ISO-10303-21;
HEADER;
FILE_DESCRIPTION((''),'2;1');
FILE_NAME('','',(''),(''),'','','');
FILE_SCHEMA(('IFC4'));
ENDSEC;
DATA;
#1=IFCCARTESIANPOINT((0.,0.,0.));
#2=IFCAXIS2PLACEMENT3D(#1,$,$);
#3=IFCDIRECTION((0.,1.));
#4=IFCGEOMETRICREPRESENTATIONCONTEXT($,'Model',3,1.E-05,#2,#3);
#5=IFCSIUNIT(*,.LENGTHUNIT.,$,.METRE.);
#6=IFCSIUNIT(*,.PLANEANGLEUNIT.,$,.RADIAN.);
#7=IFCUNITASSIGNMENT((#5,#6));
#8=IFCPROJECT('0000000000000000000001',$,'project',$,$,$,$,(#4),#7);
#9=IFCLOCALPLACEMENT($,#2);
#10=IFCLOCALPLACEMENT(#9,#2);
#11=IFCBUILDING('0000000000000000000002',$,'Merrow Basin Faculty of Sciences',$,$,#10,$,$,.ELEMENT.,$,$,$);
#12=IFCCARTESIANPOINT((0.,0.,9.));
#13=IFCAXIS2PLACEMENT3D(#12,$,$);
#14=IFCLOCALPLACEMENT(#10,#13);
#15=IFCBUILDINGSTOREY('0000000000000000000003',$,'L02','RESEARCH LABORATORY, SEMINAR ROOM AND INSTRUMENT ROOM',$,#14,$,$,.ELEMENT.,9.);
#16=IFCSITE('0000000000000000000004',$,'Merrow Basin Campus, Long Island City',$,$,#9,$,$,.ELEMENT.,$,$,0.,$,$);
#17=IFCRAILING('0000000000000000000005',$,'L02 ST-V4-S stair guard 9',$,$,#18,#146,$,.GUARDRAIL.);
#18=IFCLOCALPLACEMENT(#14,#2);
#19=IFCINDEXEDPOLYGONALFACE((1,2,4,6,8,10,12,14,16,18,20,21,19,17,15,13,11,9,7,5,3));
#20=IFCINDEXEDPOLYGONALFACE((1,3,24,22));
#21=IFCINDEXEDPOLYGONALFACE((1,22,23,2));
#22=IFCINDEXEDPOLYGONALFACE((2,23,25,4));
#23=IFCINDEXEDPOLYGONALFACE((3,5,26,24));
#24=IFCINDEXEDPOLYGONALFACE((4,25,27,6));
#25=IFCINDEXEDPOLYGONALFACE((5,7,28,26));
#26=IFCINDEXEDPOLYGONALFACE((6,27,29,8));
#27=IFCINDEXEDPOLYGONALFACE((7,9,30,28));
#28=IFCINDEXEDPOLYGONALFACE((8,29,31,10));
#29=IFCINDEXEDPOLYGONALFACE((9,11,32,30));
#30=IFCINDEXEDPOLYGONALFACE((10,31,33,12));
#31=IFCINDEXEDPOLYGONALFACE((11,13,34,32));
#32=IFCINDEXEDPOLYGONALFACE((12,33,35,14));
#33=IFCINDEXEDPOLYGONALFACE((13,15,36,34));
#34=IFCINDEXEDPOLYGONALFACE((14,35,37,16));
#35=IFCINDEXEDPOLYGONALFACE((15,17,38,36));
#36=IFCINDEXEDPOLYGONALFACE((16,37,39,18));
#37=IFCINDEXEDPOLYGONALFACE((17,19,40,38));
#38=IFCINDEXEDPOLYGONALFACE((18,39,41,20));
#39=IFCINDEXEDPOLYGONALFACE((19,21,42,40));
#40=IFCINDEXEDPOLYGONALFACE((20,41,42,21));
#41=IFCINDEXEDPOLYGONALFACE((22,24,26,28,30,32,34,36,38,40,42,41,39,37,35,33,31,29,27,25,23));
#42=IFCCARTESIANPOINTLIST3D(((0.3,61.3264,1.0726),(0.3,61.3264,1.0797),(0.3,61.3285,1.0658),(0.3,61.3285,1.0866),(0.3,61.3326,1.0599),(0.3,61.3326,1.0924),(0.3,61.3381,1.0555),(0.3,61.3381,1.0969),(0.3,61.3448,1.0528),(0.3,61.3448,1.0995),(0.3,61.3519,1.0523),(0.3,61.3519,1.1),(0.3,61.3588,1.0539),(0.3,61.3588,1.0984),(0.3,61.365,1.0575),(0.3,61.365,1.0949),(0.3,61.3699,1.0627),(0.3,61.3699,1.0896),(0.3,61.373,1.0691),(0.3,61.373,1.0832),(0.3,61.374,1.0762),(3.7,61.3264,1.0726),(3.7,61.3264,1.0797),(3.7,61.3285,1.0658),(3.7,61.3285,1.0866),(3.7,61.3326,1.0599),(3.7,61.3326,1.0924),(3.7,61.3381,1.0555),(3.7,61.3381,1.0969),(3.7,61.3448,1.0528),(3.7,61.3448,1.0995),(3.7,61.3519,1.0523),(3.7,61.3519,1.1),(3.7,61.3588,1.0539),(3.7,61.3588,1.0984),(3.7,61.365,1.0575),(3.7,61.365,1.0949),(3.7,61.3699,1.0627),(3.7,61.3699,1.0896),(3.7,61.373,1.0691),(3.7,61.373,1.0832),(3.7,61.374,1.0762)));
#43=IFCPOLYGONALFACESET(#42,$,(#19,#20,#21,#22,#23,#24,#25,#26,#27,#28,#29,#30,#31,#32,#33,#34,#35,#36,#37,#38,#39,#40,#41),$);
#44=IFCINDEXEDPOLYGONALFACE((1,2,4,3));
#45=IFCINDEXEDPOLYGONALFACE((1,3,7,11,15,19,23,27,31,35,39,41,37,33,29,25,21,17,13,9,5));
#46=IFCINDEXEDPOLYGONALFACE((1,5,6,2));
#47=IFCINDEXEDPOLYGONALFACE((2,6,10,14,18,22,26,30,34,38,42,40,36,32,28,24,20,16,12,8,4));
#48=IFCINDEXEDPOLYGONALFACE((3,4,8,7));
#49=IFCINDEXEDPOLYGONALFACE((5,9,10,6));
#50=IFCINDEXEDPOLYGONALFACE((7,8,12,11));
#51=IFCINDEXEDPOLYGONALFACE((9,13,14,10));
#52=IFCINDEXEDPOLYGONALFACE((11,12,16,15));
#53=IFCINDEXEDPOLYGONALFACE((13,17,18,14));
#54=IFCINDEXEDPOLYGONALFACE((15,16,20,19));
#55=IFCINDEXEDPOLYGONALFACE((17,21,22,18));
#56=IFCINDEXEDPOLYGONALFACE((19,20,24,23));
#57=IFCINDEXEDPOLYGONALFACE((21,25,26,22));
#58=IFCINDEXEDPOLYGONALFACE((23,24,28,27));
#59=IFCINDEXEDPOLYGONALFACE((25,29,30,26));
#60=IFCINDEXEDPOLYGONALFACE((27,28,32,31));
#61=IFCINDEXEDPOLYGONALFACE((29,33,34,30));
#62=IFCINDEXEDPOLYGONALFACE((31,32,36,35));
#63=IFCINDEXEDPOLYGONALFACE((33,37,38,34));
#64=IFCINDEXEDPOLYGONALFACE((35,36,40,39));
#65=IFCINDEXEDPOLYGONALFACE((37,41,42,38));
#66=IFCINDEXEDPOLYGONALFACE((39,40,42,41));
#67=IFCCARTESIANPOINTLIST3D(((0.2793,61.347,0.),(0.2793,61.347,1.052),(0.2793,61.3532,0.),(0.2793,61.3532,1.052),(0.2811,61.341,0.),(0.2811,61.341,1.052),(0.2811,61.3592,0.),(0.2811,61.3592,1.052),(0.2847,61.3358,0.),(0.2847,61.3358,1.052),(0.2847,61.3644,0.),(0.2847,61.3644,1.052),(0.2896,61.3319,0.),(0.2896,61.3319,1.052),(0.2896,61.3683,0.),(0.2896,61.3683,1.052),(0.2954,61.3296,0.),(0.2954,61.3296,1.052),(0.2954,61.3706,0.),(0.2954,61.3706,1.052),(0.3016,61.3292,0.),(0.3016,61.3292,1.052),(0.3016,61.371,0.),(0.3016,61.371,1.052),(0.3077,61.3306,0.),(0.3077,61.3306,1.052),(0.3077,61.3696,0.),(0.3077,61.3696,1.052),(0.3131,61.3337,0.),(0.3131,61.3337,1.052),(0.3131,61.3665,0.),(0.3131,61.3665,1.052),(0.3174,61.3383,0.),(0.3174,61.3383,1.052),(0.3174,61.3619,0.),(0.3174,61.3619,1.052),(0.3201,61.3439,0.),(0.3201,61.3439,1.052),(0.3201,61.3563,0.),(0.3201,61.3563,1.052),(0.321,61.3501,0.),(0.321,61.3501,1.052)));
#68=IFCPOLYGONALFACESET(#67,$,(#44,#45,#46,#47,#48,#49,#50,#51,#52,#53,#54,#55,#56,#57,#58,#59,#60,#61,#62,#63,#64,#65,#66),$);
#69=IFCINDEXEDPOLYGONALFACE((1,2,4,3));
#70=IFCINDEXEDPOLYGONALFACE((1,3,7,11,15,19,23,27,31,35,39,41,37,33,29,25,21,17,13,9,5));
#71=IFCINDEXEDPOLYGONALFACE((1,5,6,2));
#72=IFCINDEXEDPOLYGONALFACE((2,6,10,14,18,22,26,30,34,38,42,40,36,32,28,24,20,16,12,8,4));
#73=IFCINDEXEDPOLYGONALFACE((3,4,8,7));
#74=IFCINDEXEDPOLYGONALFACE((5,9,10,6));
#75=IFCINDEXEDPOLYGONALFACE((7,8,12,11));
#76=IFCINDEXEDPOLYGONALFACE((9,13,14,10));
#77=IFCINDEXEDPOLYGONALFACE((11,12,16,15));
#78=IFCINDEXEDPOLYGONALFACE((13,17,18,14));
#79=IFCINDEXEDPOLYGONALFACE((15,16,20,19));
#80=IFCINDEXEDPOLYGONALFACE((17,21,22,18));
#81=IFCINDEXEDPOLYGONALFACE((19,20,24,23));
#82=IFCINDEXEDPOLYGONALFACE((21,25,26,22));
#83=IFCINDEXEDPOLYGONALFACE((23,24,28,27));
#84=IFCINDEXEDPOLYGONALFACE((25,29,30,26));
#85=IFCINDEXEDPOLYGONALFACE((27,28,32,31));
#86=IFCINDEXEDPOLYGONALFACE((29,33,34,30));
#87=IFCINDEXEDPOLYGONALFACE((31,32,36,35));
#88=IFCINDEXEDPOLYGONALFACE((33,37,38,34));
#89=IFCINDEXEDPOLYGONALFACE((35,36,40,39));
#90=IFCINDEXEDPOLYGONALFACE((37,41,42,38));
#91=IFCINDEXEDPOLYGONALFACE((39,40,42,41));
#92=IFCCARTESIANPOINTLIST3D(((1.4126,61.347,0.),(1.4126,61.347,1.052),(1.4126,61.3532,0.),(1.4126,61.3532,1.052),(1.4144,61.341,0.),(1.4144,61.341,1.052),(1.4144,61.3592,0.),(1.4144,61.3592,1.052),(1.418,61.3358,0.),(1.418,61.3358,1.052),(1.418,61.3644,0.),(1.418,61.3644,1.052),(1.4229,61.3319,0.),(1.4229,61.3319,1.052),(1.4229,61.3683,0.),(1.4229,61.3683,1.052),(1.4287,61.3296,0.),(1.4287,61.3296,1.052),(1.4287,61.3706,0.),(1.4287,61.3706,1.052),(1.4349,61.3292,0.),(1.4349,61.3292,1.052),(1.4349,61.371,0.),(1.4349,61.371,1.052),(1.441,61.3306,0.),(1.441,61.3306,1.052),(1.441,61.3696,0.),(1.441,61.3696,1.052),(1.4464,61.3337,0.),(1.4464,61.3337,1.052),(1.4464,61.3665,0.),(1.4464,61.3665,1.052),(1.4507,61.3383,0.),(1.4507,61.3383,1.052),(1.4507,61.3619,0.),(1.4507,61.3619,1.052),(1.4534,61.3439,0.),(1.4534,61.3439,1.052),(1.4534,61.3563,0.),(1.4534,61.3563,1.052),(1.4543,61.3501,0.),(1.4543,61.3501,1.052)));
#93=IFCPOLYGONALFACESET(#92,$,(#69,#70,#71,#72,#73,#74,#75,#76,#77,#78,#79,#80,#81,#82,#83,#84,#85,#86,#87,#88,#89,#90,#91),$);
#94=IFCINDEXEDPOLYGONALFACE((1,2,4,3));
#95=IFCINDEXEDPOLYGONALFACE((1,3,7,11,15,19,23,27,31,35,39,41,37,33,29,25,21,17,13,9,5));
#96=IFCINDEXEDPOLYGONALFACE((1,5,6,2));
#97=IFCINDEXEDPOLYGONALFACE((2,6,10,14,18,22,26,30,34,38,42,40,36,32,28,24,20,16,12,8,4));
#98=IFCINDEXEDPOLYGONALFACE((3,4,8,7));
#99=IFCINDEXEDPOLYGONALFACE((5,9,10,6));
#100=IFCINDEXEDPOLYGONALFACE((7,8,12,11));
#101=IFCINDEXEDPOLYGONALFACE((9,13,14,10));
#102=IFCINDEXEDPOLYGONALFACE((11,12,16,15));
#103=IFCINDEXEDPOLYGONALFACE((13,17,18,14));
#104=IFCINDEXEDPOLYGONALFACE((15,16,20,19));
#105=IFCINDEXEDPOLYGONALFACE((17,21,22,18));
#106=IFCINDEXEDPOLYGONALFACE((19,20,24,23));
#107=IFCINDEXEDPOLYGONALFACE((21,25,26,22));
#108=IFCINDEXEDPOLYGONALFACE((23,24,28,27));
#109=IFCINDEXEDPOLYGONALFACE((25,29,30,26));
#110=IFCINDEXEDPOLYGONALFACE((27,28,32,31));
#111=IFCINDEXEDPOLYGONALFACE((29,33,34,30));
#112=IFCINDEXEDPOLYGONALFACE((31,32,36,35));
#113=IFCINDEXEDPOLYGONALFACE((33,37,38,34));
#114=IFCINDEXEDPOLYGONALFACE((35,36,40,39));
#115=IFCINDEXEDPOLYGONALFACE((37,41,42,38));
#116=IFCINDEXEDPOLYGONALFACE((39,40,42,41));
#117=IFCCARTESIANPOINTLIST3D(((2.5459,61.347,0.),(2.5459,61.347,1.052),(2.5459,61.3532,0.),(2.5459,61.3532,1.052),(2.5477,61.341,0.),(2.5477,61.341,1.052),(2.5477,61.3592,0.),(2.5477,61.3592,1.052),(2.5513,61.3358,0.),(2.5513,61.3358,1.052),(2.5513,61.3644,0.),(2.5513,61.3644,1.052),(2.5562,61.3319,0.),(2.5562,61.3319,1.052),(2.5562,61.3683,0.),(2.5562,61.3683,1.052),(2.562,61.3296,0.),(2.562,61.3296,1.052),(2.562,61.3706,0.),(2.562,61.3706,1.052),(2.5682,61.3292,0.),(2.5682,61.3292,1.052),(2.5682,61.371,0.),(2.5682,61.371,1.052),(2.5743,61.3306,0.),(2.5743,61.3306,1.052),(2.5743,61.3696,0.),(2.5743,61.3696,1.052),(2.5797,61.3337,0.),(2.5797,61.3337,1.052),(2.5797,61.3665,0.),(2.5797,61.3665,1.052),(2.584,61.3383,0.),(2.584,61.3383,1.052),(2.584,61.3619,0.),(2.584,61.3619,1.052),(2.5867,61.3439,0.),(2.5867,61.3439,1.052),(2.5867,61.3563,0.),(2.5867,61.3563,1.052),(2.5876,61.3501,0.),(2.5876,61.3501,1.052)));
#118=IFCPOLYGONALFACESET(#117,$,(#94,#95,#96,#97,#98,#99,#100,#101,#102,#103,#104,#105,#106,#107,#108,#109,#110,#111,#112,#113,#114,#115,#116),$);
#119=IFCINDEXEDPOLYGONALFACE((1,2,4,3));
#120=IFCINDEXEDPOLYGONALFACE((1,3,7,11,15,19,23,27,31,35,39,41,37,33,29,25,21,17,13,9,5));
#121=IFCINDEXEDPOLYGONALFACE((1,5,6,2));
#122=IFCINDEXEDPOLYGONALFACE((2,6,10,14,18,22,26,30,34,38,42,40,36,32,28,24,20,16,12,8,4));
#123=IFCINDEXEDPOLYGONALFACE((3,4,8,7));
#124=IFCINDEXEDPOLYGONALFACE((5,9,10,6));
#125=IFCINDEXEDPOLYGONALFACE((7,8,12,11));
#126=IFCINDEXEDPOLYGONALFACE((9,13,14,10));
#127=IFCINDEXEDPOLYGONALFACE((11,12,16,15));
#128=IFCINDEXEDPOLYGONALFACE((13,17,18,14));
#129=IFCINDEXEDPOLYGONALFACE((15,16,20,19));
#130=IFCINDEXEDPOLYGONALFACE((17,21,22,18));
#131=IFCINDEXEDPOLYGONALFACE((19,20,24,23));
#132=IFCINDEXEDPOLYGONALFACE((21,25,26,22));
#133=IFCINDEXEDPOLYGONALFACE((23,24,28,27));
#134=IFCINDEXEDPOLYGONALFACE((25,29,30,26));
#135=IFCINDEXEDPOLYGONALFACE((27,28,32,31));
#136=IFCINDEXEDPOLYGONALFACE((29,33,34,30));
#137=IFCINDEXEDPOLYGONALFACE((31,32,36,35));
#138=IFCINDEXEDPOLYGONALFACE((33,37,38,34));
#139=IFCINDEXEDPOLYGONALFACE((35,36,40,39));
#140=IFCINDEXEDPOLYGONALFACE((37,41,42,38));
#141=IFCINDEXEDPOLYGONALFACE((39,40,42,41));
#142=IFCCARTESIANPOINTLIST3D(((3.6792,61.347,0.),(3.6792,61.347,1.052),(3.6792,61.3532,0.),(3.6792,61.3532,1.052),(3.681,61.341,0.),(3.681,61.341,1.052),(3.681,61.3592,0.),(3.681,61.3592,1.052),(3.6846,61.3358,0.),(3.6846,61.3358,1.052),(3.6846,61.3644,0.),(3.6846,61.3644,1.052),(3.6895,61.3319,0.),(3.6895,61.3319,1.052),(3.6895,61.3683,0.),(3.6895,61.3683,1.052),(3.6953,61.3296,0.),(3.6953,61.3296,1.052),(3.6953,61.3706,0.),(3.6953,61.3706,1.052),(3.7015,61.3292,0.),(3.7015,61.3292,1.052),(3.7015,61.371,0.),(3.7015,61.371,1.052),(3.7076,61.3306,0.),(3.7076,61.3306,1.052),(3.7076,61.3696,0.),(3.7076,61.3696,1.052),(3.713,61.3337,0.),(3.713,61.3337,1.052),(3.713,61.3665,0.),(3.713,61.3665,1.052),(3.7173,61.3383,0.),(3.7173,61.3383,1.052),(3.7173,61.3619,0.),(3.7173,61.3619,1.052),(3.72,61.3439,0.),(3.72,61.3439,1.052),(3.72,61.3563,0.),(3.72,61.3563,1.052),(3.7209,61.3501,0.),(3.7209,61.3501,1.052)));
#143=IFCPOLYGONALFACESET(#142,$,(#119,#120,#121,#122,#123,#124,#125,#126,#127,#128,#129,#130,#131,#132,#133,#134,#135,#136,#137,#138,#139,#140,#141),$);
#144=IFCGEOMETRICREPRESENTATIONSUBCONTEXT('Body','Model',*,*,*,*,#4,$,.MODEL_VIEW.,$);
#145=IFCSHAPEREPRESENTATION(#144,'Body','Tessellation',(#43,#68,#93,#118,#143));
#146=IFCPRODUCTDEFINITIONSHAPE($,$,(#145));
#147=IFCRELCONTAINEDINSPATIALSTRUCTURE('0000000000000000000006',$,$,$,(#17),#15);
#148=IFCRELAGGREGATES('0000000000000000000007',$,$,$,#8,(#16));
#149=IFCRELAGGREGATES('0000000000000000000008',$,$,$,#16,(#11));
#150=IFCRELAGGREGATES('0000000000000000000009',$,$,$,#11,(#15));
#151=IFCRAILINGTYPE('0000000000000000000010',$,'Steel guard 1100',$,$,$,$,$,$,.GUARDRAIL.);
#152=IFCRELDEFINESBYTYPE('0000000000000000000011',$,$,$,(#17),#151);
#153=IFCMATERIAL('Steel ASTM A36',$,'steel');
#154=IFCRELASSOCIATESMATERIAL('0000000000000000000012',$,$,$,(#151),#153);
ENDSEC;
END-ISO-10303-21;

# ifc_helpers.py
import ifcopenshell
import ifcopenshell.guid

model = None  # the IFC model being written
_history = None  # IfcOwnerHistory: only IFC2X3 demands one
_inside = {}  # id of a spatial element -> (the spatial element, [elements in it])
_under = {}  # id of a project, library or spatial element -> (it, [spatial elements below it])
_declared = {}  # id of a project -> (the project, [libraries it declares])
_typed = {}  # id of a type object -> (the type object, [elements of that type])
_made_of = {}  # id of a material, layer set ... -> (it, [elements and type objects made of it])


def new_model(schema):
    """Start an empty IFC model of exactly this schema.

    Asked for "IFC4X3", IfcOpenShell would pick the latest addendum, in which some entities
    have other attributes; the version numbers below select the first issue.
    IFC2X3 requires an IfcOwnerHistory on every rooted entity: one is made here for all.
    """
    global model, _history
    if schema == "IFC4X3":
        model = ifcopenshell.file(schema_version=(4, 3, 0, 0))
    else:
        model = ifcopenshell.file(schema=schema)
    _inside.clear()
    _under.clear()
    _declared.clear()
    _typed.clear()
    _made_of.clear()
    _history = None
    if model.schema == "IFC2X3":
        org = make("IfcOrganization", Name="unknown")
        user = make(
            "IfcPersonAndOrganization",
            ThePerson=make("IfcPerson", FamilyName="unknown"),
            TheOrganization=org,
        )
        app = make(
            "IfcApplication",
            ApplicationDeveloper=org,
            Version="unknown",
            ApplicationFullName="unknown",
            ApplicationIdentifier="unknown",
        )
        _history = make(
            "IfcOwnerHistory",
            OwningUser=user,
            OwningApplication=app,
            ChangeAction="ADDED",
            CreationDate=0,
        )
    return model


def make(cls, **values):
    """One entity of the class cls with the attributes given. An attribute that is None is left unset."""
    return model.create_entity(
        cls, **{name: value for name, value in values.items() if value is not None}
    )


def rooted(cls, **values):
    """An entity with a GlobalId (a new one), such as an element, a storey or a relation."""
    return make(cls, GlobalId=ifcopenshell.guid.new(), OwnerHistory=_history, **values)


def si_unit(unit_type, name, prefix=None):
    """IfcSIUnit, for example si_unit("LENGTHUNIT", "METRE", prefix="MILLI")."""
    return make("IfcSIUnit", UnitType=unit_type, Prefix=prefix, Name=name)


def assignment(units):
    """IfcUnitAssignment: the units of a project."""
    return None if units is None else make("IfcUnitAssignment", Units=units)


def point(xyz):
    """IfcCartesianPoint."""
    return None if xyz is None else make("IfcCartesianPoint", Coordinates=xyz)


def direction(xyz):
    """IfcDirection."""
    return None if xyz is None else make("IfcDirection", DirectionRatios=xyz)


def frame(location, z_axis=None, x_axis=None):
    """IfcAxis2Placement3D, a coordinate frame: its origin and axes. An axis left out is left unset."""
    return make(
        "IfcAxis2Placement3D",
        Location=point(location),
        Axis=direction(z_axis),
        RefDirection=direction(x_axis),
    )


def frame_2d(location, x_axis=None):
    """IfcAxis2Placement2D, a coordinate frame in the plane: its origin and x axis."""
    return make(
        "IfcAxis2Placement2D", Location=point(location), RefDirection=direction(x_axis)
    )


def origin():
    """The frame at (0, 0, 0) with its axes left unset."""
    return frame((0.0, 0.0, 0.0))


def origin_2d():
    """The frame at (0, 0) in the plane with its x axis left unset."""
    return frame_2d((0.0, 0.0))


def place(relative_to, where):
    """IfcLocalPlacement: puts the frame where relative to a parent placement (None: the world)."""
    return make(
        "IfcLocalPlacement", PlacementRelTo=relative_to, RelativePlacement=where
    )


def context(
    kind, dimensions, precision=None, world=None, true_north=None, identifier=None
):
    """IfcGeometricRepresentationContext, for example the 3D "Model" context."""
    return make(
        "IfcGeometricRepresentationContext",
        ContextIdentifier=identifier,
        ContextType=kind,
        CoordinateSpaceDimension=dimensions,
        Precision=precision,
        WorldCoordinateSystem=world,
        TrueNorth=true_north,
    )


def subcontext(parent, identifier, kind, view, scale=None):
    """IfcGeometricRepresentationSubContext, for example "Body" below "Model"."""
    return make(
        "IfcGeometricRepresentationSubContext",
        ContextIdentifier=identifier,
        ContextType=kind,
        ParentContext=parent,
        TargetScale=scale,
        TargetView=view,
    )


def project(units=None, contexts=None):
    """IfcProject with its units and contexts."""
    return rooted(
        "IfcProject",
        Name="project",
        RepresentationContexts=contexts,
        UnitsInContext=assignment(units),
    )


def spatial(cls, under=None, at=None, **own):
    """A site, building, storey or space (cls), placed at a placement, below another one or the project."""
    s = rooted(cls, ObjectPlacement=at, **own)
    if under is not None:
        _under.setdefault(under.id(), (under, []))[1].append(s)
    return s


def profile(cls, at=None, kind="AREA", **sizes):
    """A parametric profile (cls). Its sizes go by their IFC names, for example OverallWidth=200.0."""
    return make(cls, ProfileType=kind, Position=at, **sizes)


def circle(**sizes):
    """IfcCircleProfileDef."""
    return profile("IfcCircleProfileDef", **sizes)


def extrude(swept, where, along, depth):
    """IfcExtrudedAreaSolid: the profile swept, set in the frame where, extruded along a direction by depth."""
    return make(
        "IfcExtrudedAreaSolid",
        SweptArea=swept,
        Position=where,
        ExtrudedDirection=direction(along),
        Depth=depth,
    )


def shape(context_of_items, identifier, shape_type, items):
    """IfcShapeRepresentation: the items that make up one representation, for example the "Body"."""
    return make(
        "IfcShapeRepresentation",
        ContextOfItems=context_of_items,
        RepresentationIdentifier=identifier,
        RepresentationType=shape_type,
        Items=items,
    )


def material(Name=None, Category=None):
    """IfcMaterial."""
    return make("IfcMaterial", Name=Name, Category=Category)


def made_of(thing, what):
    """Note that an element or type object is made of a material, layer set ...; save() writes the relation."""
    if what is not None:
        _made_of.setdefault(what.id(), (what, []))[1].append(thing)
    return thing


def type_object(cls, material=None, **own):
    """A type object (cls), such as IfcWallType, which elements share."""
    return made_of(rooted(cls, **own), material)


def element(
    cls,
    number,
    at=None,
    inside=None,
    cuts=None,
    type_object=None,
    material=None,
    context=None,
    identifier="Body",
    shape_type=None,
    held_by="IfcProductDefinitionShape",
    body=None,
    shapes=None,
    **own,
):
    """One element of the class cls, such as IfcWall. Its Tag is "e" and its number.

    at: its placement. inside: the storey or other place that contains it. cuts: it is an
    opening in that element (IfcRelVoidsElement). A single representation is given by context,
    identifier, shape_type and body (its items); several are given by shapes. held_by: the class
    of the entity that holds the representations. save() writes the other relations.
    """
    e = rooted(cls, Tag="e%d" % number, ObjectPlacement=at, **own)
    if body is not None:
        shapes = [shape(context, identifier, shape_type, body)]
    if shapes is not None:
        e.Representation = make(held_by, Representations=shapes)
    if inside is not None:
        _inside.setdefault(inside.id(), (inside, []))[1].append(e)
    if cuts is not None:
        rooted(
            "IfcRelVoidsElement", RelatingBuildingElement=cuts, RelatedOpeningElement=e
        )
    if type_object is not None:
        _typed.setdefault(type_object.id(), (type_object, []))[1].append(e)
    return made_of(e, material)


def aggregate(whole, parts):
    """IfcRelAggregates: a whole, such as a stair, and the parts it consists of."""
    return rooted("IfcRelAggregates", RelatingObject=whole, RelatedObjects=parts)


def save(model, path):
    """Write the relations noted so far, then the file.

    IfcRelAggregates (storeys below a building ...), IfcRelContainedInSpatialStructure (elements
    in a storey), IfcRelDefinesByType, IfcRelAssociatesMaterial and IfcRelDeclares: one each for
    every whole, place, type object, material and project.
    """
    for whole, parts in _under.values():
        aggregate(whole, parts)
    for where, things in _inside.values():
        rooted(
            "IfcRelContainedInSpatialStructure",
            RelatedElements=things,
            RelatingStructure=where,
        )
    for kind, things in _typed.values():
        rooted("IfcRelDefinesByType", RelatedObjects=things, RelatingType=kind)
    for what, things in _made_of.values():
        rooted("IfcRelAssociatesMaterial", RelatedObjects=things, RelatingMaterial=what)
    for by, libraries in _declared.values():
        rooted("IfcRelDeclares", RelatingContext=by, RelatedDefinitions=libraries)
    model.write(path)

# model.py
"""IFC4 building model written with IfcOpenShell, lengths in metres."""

from ifc_helpers import new_model, si_unit, direction, frame, origin, origin_2d, place, context, subcontext, project, spatial, circle, extrude, material, type_object, element, save


model = new_model("IFC4")

# Units and contexts
model_context = context("Model", 3, precision=1e-05, world=origin(), true_north=direction((0.0, 1.0)))
body_context = subcontext(model_context, "Body", "Model", "MODEL_VIEW")
ifc_project = project(units=[si_unit("LENGTHUNIT", "METRE"), si_unit("PLANEANGLEUNIT", "RADIAN")], contexts=[model_context])

# Site, building, storey
site_placement = place(None, origin())
site = spatial("IfcSite", under=ifc_project, at=site_placement, Name="Merrow Basin Campus, Long Island City", CompositionType="ELEMENT", RefElevation=0.0)
building_placement = place(site_placement, origin())
building = spatial("IfcBuilding", under=site, at=building_placement, Name="Merrow Basin Faculty of Sciences", CompositionType="ELEMENT")
storey_placement = place(building_placement, frame((0.0, 0.0, 9.0)))
storey = spatial("IfcBuildingStorey", under=building, at=storey_placement, Name="L02", Description="RESEARCH LABORATORY, SEMINAR ROOM AND INSTRUMENT ROOM", CompositionType="ELEMENT", Elevation=9.0)

# Railing
ifc_material_1 = material(Name="Steel ASTM A36", Category="steel")
railing_type_1 = type_object("IfcRailingType", Name="Steel guard 1100", PredefinedType="GUARDRAIL", material=ifc_material_1)
railing_1_placement = place(storey_placement, frame((0.3, 61.3501, 0.0)))
element("IfcRailing", 1, at=railing_1_placement, inside=storey, type_object=railing_type_1, Name="L02 ST-V4-S stair guard 9", PredefinedType="GUARDRAIL", context=body_context, shape_type="SweptSolid", body=[
    extrude(circle(Radius=0.0239, at=origin_2d()), frame((0.0, 0.0, 1.0762), z_axis=(1.0, 0.0, 0.0), x_axis=(0.0, 1.0, 0.0)), (0.0, 0.0, 1.0), 3.3999),
    extrude(circle(Radius=0.021, at=origin_2d()), origin(), (0.0, 0.0, 1.0), 1.052),
    extrude(circle(Radius=0.021, at=origin_2d()), frame((1.1333, 0.0, 0.0)), (0.0, 0.0, 1.0), 1.052),
    extrude(circle(Radius=0.021, at=origin_2d()), frame((2.2666, 0.0, 0.0)), (0.0, 0.0, 1.0), 1.052),
    extrude(circle(Radius=0.021, at=origin_2d()), frame((3.3999, 0.0, 0.0)), (0.0, 0.0, 1.0), 1.052),
])

save(model, "model.ifc")
